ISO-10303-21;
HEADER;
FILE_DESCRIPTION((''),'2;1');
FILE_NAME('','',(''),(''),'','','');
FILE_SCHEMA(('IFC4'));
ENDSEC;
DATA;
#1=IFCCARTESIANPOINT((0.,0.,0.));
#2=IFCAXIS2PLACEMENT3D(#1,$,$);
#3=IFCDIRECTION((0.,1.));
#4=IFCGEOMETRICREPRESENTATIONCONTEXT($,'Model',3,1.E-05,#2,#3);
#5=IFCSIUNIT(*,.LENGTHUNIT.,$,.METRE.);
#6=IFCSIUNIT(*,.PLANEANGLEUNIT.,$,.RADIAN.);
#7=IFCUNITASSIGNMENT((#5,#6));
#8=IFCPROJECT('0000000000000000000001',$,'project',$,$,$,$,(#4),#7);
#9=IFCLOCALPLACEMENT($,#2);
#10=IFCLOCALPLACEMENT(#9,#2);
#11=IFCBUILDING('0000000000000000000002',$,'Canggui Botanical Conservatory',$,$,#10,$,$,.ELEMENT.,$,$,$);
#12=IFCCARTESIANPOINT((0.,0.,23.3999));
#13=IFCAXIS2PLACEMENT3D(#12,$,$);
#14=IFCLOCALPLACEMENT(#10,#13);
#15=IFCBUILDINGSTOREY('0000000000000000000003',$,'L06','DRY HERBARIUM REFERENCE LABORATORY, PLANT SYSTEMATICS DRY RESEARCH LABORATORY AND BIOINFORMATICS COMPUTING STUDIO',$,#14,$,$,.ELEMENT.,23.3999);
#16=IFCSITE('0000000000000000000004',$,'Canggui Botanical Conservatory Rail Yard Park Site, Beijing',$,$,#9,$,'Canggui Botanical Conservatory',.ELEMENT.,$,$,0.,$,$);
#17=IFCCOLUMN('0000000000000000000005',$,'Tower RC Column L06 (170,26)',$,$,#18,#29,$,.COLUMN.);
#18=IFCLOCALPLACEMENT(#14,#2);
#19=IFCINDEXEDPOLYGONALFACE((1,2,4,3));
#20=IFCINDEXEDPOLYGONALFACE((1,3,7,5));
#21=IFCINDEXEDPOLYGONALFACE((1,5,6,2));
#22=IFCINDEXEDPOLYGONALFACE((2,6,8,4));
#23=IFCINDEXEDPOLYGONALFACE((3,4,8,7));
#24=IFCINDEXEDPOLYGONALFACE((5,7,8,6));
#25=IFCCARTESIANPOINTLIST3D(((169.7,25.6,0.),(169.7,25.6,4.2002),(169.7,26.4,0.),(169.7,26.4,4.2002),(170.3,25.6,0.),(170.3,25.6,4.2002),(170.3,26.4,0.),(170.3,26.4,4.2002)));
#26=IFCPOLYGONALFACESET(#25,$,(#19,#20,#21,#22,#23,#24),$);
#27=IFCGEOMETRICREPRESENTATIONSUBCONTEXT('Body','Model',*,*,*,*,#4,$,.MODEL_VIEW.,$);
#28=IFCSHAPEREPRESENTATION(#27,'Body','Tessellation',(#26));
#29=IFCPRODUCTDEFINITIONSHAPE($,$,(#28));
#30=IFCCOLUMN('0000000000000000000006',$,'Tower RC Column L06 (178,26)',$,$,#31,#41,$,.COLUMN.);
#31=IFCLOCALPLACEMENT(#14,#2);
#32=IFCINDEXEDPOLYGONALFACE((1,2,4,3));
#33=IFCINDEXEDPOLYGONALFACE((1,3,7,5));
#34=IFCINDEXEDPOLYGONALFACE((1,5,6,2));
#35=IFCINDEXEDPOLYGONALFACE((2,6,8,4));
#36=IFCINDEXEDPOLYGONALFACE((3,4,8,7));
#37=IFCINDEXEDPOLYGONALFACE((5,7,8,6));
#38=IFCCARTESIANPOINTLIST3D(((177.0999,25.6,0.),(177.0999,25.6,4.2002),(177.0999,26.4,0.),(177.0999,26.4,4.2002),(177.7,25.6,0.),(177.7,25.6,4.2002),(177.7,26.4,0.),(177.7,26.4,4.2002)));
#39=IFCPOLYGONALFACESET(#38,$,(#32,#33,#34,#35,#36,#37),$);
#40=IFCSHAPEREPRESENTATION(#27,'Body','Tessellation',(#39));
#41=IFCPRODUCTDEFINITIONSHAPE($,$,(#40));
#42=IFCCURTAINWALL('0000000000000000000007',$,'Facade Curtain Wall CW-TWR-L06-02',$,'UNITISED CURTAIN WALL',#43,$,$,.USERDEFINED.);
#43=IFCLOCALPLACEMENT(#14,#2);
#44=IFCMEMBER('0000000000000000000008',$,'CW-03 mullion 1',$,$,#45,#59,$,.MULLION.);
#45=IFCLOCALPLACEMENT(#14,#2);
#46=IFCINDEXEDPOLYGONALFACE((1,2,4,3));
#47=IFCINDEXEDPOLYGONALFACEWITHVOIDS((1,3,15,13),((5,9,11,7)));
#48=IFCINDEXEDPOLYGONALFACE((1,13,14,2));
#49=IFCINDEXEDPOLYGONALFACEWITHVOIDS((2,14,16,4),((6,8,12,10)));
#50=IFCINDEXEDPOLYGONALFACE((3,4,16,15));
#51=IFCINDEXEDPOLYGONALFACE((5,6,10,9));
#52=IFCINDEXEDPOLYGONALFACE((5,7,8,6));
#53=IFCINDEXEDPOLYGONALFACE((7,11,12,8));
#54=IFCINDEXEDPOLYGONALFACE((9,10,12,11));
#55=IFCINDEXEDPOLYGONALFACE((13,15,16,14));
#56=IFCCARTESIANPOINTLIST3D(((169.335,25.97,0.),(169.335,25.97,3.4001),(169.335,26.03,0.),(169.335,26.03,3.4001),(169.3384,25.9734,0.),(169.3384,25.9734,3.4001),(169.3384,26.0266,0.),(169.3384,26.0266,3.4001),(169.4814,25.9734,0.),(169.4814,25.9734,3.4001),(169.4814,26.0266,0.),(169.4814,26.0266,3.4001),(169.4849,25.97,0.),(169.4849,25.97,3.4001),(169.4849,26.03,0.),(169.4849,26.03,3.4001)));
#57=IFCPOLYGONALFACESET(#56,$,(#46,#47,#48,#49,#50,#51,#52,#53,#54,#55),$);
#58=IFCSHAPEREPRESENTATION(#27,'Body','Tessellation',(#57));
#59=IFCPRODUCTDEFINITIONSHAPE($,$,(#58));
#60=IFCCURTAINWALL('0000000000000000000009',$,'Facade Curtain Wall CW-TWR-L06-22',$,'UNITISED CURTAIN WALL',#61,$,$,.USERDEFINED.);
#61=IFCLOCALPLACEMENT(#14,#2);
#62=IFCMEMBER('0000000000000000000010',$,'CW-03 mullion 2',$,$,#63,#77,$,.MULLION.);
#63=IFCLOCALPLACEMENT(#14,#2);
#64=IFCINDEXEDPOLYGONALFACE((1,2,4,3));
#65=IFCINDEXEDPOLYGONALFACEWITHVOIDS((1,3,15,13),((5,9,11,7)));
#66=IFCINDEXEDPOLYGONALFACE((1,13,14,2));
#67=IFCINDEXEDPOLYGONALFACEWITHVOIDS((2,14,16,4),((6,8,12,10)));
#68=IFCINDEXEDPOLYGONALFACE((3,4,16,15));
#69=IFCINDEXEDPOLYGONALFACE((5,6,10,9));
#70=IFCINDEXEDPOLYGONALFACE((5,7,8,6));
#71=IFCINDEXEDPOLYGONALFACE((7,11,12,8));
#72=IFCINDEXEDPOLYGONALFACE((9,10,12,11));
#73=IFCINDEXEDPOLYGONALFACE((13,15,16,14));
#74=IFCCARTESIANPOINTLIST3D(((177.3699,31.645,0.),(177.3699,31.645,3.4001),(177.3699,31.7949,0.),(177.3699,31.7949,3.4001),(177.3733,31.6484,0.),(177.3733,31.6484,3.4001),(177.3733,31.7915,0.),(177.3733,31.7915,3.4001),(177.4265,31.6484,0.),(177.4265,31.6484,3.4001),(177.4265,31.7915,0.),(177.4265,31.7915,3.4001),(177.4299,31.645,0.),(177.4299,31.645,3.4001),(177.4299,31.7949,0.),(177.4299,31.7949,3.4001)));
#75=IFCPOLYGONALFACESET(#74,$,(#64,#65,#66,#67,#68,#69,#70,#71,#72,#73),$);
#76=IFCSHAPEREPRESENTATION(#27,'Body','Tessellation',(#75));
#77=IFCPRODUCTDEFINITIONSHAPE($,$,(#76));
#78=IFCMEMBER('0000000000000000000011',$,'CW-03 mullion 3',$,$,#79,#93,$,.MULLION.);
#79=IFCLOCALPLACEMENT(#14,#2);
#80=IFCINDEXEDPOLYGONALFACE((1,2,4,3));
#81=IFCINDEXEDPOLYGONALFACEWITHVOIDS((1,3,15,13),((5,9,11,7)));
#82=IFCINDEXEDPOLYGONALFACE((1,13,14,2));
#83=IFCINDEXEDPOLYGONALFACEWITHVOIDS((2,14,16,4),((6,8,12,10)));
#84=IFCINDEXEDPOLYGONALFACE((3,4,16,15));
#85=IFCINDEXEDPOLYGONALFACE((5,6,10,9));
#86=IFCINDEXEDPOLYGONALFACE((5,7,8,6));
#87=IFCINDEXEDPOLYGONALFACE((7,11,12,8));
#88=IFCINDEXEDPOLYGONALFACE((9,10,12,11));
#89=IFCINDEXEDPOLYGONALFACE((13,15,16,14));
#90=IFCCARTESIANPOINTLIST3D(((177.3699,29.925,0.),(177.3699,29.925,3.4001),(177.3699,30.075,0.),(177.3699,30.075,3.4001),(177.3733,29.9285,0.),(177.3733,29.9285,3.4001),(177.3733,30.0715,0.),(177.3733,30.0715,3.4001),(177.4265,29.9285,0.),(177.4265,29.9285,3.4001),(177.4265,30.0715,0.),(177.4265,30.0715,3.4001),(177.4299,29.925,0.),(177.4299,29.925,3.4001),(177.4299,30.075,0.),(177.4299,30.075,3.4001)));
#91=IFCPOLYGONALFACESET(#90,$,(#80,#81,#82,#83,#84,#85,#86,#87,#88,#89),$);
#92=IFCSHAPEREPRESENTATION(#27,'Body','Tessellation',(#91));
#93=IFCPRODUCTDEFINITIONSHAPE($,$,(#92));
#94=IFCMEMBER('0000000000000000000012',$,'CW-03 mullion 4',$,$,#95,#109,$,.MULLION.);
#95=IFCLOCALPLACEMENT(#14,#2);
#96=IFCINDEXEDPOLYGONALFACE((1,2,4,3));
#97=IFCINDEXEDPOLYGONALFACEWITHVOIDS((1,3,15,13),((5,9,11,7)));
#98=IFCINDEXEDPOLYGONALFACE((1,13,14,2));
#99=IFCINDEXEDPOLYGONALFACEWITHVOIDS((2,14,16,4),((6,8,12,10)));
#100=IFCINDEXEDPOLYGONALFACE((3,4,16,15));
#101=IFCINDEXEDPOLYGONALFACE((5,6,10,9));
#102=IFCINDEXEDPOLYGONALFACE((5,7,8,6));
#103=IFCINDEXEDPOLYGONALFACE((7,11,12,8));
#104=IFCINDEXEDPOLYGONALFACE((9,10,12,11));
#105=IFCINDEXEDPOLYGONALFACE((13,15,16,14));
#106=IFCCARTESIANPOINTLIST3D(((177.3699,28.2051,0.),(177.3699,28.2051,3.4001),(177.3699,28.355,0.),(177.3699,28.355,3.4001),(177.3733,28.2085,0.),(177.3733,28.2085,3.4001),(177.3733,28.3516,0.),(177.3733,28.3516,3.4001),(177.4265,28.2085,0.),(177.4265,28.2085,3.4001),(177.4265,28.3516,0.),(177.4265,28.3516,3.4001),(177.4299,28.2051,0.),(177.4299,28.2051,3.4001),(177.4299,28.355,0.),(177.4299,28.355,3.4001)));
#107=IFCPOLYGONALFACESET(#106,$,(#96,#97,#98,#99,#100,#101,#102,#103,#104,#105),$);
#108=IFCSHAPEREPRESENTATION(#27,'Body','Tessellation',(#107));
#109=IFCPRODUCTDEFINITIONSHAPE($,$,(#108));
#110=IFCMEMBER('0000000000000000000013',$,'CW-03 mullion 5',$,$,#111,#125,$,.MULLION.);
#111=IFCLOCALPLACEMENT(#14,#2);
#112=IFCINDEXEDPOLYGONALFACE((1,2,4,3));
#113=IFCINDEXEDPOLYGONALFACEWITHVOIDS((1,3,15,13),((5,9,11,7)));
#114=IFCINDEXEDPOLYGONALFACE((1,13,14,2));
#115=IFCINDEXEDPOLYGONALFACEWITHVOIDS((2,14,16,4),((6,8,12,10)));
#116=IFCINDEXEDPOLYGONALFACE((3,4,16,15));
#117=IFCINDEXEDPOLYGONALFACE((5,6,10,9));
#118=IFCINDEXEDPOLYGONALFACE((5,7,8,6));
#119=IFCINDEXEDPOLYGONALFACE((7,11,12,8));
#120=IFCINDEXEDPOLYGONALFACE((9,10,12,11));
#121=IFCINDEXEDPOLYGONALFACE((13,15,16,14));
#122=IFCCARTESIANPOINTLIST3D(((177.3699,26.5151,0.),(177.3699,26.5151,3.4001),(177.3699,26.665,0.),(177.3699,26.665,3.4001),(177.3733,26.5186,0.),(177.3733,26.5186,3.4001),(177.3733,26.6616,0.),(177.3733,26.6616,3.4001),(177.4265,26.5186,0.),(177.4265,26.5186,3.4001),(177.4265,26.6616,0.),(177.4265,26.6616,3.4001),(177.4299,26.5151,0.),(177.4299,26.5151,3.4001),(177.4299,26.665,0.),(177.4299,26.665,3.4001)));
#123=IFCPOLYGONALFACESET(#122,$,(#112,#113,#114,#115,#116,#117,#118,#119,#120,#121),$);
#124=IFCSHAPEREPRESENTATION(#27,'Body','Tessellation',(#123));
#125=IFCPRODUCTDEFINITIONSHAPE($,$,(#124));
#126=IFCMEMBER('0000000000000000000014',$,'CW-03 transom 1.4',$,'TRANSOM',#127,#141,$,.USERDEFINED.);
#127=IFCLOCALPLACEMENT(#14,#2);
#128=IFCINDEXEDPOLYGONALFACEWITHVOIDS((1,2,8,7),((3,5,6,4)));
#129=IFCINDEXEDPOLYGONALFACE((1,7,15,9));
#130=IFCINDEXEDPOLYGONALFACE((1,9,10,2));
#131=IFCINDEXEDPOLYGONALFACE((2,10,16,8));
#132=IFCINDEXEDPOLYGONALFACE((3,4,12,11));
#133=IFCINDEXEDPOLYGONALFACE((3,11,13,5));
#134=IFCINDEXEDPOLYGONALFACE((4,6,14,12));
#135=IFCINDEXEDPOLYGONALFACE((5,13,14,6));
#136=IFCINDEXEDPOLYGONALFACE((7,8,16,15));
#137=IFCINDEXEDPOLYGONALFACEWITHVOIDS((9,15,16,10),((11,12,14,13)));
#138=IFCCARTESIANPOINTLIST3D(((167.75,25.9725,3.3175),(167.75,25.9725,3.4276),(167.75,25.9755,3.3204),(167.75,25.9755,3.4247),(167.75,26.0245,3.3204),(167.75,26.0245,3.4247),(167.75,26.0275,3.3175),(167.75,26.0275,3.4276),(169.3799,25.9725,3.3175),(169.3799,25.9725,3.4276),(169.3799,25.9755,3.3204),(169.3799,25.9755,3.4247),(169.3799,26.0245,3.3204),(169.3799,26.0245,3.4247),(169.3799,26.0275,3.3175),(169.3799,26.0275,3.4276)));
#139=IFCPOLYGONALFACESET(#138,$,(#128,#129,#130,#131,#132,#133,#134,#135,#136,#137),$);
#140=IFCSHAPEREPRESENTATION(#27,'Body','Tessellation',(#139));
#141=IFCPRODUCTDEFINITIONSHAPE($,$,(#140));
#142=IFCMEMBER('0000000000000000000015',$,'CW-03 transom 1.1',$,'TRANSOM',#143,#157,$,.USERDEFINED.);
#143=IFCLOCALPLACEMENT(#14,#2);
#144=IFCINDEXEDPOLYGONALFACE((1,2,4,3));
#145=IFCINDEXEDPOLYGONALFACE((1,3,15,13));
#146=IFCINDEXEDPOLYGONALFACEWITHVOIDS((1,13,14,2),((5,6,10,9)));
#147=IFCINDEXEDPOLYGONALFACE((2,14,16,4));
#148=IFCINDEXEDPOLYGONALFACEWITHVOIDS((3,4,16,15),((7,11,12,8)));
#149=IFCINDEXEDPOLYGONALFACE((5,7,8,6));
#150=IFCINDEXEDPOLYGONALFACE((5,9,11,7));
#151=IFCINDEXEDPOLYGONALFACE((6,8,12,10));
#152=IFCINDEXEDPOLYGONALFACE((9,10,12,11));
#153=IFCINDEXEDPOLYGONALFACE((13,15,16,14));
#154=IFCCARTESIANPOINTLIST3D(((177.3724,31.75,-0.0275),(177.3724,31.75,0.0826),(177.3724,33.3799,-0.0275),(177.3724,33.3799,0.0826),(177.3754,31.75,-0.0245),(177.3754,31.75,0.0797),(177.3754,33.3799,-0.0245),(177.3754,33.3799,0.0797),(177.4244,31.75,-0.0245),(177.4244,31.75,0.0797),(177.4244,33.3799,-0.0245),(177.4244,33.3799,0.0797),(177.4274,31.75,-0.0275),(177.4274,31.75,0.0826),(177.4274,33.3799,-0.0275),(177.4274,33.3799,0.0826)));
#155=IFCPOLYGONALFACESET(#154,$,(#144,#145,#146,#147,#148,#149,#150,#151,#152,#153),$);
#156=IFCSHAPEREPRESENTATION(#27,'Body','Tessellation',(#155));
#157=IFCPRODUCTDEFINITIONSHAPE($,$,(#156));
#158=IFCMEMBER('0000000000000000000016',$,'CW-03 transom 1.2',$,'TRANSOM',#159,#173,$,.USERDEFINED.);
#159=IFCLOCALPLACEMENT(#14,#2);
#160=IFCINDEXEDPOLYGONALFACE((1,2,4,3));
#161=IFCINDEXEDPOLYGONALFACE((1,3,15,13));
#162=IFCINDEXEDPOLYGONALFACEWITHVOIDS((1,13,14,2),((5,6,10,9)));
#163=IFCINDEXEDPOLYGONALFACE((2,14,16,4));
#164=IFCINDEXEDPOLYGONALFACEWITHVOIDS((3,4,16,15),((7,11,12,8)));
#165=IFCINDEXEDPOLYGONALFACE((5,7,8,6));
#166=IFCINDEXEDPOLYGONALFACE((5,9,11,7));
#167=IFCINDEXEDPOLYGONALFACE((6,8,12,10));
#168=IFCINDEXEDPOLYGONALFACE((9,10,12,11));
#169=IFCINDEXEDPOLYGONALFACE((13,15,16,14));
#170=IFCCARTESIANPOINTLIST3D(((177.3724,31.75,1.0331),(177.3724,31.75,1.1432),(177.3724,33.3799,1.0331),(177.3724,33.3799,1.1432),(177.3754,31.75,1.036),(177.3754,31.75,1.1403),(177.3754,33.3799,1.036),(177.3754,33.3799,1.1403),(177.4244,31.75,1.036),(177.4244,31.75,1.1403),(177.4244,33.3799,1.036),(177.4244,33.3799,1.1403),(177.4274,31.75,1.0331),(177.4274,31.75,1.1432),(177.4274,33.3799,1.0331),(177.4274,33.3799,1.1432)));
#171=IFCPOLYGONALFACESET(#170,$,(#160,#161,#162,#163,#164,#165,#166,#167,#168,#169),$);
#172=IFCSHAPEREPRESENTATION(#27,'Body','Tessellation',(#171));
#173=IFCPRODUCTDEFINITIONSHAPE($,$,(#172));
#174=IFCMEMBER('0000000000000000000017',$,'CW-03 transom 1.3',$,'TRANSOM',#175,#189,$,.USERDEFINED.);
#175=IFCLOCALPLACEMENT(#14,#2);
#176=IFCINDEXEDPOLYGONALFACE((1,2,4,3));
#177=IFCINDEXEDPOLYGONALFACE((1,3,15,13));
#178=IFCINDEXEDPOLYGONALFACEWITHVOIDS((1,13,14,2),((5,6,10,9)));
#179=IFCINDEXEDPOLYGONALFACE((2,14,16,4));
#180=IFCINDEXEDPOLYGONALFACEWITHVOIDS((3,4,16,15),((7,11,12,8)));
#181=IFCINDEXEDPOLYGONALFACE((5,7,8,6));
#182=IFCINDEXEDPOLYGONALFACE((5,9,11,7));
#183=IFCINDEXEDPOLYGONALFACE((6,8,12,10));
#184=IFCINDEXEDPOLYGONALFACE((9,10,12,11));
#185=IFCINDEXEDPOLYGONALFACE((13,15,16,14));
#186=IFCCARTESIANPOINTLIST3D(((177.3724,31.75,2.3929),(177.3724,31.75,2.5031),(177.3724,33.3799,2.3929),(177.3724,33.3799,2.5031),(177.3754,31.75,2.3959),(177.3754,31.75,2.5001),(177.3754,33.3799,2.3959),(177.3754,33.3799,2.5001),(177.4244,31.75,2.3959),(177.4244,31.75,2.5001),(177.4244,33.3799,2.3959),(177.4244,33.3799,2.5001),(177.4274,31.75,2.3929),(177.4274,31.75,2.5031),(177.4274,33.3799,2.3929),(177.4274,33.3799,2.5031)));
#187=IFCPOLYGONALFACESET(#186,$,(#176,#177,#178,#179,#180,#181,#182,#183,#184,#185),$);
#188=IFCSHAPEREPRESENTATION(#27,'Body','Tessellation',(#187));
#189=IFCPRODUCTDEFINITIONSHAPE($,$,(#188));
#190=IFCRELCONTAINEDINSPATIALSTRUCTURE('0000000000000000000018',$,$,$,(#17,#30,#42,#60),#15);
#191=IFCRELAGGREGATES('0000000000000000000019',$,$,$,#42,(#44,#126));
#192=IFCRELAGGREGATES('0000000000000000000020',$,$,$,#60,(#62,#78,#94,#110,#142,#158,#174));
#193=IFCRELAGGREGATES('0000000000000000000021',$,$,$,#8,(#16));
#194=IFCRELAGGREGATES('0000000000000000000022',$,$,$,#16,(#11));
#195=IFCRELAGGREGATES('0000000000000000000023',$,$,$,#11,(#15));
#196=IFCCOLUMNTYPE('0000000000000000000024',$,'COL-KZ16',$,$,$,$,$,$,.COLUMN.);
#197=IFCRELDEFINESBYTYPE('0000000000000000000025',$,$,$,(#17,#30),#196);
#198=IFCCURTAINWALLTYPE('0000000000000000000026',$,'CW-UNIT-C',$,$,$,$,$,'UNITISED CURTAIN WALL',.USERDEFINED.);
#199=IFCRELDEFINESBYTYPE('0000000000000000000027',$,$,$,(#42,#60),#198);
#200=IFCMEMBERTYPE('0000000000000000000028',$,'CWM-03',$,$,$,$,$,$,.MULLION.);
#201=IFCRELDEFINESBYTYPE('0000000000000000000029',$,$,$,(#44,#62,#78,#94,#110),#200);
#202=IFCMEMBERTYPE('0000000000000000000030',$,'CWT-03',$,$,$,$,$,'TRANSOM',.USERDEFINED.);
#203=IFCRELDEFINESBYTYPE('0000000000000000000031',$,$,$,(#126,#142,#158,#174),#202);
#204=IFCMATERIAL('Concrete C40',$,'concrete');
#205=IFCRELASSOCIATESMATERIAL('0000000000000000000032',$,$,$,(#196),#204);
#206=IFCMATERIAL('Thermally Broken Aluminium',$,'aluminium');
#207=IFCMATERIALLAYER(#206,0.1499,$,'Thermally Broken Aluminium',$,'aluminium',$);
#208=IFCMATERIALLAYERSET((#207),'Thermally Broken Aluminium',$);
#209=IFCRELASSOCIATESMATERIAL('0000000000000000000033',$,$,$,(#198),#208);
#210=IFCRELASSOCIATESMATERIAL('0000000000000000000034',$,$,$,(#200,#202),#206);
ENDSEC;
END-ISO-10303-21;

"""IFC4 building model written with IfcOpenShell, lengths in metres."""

from ifc_helpers import new_model, si_unit, direction, frame, origin, origin_2d, place, context, subcontext, project, spatial, rectangle, hollow_rectangle, extrude, material, layer, layer_set, material_profile, profile_set, type_object, element, aggregate, save


model = new_model("IFC4")

# Units and contexts
model_context = context("Model", 3, precision=1e-05, world=origin(), true_north=direction((0.0, 1.0)))
body_context = subcontext(model_context, "Body", "Model", "MODEL_VIEW")
ifc_project = project(units=[si_unit("LENGTHUNIT", "METRE"), si_unit("PLANEANGLEUNIT", "RADIAN")], contexts=[model_context])

# Site, building, storey
site_placement = place(None, origin())
site = spatial("IfcSite", under=ifc_project, at=site_placement, Name="Canggui Botanical Conservatory Rail Yard Park Site, Beijing", LongName="Canggui Botanical Conservatory", CompositionType="ELEMENT", RefElevation=0.0)
building_placement = place(site_placement, origin())
building = spatial("IfcBuilding", under=site, at=building_placement, Name="Canggui Botanical Conservatory", CompositionType="ELEMENT")
storey_placement = place(building_placement, frame((0.0, 0.0, 23.3999)))
storey = spatial("IfcBuildingStorey", under=building, at=storey_placement, Name="L06", Description="DRY HERBARIUM REFERENCE LABORATORY, PLANT SYSTEMATICS DRY RESEARCH LABORATORY AND BIOINFORMATICS COMPUTING STUDIO", CompositionType="ELEMENT", Elevation=23.3999)

# Columns
ifc_material_1 = material(Name="Concrete C40", Category="concrete")
ifc_material_profile_1 = material_profile(ifc_material_1, rectangle(XDim=0.6001, YDim=0.8, at=origin_2d()), Name="RC 600x800")
ifc_profile_set_1 = profile_set([ifc_material_profile_1], Name="Concrete C40")
column_type = type_object("IfcColumnType", Name="COL-KZ16", PredefinedType="COLUMN", material=ifc_profile_set_1)
for number, where, z_axis, x_axis, name in (
    (1, (170.0, 26.0, 0.0), (0.0, 0.0, 1.0), (1.0, 0.0, 0.0), "Tower RC Column L06 (170,26)"),
    (2, (177.3999, 26.0, 0.0), (0.0, 0.0, 1.0), (1.0, 0.0, 0.0), "Tower RC Column L06 (178,26)"),
):
    element("IfcColumn", number, at=place(storey_placement, frame(where, z_axis=z_axis, x_axis=x_axis)), inside=storey, type_object=column_type, Name=name, PredefinedType="COLUMN", context=body_context, shape_type="SweptSolid", body=[
        extrude(rectangle(XDim=0.6001, YDim=0.8, at=origin_2d()), origin(), (0.0, 0.0, 1.0), 4.2002),
    ])

# Curtain wall, member
ifc_material_2 = material(Name="Thermally Broken Aluminium", Category="aluminium")
ifc_layer_1 = layer(ifc_material_2, 0.1499, Name="Thermally Broken Aluminium", Category="aluminium")
ifc_layer_set_1 = layer_set([ifc_layer_1], Name="Thermally Broken Aluminium")
curtain_wall_type = type_object("IfcCurtainWallType", Name="CW-UNIT-C", ElementType="UNITISED CURTAIN WALL", PredefinedType="USERDEFINED", material=ifc_layer_set_1)
curtain_wall_1_placement = place(storey_placement, origin())
curtain_wall_1 = element("IfcCurtainWall", 3, at=curtain_wall_1_placement, inside=storey, type_object=curtain_wall_type, Name="Facade Curtain Wall CW-TWR-L06-02", ObjectType="UNITISED CURTAIN WALL", PredefinedType="USERDEFINED")
ifc_material_profile_2 = material_profile(ifc_material_2, hollow_rectangle(XDim=0.0601, YDim=0.1499, WallThickness=0.0034, at=origin_2d()), Name="CWM 60x150x3.5")
ifc_profile_set_2 = profile_set([ifc_material_profile_2], Name="Thermally Broken Aluminium")
member_type_1 = type_object("IfcMemberType", Name="CWM-03", PredefinedType="MULLION", material=ifc_profile_set_2)
member_1_placement = place(storey_placement, frame((169.4099, 26.0, 0.0), z_axis=(0.0, 0.0, 1.0), x_axis=(0.0, -1.0, 0.0)))
member_1 = element("IfcMember", 4, at=member_1_placement, type_object=member_type_1, Name="CW-03 mullion 1", PredefinedType="MULLION", context=body_context, shape_type="SweptSolid", body=[
    extrude(hollow_rectangle(XDim=0.0601, YDim=0.1499, WallThickness=0.0034, at=origin_2d()), origin(), (0.0, 0.0, 1.0), 3.4001),
])

# Curtain wall, members
curtain_wall_2_placement = place(storey_placement, origin())
curtain_wall_2 = element("IfcCurtainWall", 5, at=curtain_wall_2_placement, inside=storey, type_object=curtain_wall_type, Name="Facade Curtain Wall CW-TWR-L06-22", ObjectType="UNITISED CURTAIN WALL", PredefinedType="USERDEFINED")
member_2_placement = place(storey_placement, frame((177.3999, 31.72, 0.0), z_axis=(0.0, 0.0, 1.0), x_axis=(1.0, 0.0, 0.0)))
member_2 = element("IfcMember", 6, at=member_2_placement, type_object=member_type_1, Name="CW-03 mullion 2", PredefinedType="MULLION", context=body_context, shape_type="SweptSolid", body=[
    extrude(hollow_rectangle(XDim=0.0601, YDim=0.1499, WallThickness=0.0034, at=origin_2d()), origin(), (0.0, 0.0, 1.0), 3.4001),
])
member_3_placement = place(storey_placement, frame((177.3999, 30.0, 0.0), z_axis=(0.0, 0.0, 1.0), x_axis=(1.0, 0.0, 0.0)))
member_3 = element("IfcMember", 7, at=member_3_placement, type_object=member_type_1, Name="CW-03 mullion 3", PredefinedType="MULLION", context=body_context, shape_type="SweptSolid", body=[
    extrude(hollow_rectangle(XDim=0.0601, YDim=0.1499, WallThickness=0.0034, at=origin_2d()), origin(), (0.0, 0.0, 1.0), 3.4001),
])
member_4_placement = place(storey_placement, frame((177.3999, 28.28, 0.0), z_axis=(0.0, 0.0, 1.0), x_axis=(1.0, 0.0, 0.0)))
member_4 = element("IfcMember", 8, at=member_4_placement, type_object=member_type_1, Name="CW-03 mullion 4", PredefinedType="MULLION", context=body_context, shape_type="SweptSolid", body=[
    extrude(hollow_rectangle(XDim=0.0601, YDim=0.1499, WallThickness=0.0034, at=origin_2d()), origin(), (0.0, 0.0, 1.0), 3.4001),
])
member_5_placement = place(storey_placement, frame((177.3999, 26.5901, 0.0), z_axis=(0.0, 0.0, 1.0), x_axis=(1.0, 0.0, 0.0)))
member_5 = element("IfcMember", 9, at=member_5_placement, type_object=member_type_1, Name="CW-03 mullion 5", PredefinedType="MULLION", context=body_context, shape_type="SweptSolid", body=[
    extrude(hollow_rectangle(XDim=0.0601, YDim=0.1499, WallThickness=0.0034, at=origin_2d()), origin(), (0.0, 0.0, 1.0), 3.4001),
])

# Members
ifc_material_profile_3 = material_profile(ifc_material_2, hollow_rectangle(XDim=0.0549, YDim=0.1101, WallThickness=0.0029, at=origin_2d()), Name="CWT 55x110x3")
ifc_profile_set_3 = profile_set([ifc_material_profile_3], Name="Thermally Broken Aluminium")
member_type_2 = type_object("IfcMemberType", Name="CWT-03", ElementType="TRANSOM", PredefinedType="USERDEFINED", material=ifc_profile_set_3)
member_6_placement = place(storey_placement, frame((169.3799, 26.0, 3.3726), z_axis=(-1.0, 0.0, 0.0), x_axis=(0.0, -1.0, 0.0)))
member_6 = element("IfcMember", 10, at=member_6_placement, type_object=member_type_2, Name="CW-03 transom 1.4", ObjectType="TRANSOM", PredefinedType="USERDEFINED", context=body_context, shape_type="SweptSolid", body=[
    extrude(hollow_rectangle(XDim=0.0549, YDim=0.1101, WallThickness=0.0029, at=origin_2d()), origin(), (0.0, 0.0, 1.0), 1.6299),
])
aggregate(curtain_wall_1, [member_1, member_6])
member_7_placement = place(storey_placement, frame((177.3999, 33.3799, 0.0276), z_axis=(0.0, -1.0, 0.0), x_axis=(1.0, 0.0, 0.0)))
member_7 = element("IfcMember", 11, at=member_7_placement, type_object=member_type_2, Name="CW-03 transom 1.1", ObjectType="TRANSOM", PredefinedType="USERDEFINED", context=body_context, shape_type="SweptSolid", body=[
    extrude(hollow_rectangle(XDim=0.0549, YDim=0.1101, WallThickness=0.0029, at=origin_2d()), origin(), (0.0, 0.0, 1.0), 1.6299),
])
member_8_placement = place(storey_placement, frame((177.3999, 33.3799, 1.0881), z_axis=(0.0, -1.0, 0.0), x_axis=(1.0, 0.0, 0.0)))
member_8 = element("IfcMember", 12, at=member_8_placement, type_object=member_type_2, Name="CW-03 transom 1.2", ObjectType="TRANSOM", PredefinedType="USERDEFINED", context=body_context, shape_type="SweptSolid", body=[
    extrude(hollow_rectangle(XDim=0.0549, YDim=0.1101, WallThickness=0.0029, at=origin_2d()), origin(), (0.0, 0.0, 1.0), 1.6299),
])
member_9_placement = place(storey_placement, frame((177.3999, 33.3799, 2.448), z_axis=(0.0, -1.0, 0.0), x_axis=(1.0, 0.0, 0.0)))
member_9 = element("IfcMember", 13, at=member_9_placement, type_object=member_type_2, Name="CW-03 transom 1.3", ObjectType="TRANSOM", PredefinedType="USERDEFINED", context=body_context, shape_type="SweptSolid", body=[
    extrude(hollow_rectangle(XDim=0.0549, YDim=0.1101, WallThickness=0.0029, at=origin_2d()), origin(), (0.0, 0.0, 1.0), 1.6299),
])

aggregate(curtain_wall_2, [member_2, member_3, member_4, member_5, member_7, member_8, member_9])

save(model, "model.ifc")
